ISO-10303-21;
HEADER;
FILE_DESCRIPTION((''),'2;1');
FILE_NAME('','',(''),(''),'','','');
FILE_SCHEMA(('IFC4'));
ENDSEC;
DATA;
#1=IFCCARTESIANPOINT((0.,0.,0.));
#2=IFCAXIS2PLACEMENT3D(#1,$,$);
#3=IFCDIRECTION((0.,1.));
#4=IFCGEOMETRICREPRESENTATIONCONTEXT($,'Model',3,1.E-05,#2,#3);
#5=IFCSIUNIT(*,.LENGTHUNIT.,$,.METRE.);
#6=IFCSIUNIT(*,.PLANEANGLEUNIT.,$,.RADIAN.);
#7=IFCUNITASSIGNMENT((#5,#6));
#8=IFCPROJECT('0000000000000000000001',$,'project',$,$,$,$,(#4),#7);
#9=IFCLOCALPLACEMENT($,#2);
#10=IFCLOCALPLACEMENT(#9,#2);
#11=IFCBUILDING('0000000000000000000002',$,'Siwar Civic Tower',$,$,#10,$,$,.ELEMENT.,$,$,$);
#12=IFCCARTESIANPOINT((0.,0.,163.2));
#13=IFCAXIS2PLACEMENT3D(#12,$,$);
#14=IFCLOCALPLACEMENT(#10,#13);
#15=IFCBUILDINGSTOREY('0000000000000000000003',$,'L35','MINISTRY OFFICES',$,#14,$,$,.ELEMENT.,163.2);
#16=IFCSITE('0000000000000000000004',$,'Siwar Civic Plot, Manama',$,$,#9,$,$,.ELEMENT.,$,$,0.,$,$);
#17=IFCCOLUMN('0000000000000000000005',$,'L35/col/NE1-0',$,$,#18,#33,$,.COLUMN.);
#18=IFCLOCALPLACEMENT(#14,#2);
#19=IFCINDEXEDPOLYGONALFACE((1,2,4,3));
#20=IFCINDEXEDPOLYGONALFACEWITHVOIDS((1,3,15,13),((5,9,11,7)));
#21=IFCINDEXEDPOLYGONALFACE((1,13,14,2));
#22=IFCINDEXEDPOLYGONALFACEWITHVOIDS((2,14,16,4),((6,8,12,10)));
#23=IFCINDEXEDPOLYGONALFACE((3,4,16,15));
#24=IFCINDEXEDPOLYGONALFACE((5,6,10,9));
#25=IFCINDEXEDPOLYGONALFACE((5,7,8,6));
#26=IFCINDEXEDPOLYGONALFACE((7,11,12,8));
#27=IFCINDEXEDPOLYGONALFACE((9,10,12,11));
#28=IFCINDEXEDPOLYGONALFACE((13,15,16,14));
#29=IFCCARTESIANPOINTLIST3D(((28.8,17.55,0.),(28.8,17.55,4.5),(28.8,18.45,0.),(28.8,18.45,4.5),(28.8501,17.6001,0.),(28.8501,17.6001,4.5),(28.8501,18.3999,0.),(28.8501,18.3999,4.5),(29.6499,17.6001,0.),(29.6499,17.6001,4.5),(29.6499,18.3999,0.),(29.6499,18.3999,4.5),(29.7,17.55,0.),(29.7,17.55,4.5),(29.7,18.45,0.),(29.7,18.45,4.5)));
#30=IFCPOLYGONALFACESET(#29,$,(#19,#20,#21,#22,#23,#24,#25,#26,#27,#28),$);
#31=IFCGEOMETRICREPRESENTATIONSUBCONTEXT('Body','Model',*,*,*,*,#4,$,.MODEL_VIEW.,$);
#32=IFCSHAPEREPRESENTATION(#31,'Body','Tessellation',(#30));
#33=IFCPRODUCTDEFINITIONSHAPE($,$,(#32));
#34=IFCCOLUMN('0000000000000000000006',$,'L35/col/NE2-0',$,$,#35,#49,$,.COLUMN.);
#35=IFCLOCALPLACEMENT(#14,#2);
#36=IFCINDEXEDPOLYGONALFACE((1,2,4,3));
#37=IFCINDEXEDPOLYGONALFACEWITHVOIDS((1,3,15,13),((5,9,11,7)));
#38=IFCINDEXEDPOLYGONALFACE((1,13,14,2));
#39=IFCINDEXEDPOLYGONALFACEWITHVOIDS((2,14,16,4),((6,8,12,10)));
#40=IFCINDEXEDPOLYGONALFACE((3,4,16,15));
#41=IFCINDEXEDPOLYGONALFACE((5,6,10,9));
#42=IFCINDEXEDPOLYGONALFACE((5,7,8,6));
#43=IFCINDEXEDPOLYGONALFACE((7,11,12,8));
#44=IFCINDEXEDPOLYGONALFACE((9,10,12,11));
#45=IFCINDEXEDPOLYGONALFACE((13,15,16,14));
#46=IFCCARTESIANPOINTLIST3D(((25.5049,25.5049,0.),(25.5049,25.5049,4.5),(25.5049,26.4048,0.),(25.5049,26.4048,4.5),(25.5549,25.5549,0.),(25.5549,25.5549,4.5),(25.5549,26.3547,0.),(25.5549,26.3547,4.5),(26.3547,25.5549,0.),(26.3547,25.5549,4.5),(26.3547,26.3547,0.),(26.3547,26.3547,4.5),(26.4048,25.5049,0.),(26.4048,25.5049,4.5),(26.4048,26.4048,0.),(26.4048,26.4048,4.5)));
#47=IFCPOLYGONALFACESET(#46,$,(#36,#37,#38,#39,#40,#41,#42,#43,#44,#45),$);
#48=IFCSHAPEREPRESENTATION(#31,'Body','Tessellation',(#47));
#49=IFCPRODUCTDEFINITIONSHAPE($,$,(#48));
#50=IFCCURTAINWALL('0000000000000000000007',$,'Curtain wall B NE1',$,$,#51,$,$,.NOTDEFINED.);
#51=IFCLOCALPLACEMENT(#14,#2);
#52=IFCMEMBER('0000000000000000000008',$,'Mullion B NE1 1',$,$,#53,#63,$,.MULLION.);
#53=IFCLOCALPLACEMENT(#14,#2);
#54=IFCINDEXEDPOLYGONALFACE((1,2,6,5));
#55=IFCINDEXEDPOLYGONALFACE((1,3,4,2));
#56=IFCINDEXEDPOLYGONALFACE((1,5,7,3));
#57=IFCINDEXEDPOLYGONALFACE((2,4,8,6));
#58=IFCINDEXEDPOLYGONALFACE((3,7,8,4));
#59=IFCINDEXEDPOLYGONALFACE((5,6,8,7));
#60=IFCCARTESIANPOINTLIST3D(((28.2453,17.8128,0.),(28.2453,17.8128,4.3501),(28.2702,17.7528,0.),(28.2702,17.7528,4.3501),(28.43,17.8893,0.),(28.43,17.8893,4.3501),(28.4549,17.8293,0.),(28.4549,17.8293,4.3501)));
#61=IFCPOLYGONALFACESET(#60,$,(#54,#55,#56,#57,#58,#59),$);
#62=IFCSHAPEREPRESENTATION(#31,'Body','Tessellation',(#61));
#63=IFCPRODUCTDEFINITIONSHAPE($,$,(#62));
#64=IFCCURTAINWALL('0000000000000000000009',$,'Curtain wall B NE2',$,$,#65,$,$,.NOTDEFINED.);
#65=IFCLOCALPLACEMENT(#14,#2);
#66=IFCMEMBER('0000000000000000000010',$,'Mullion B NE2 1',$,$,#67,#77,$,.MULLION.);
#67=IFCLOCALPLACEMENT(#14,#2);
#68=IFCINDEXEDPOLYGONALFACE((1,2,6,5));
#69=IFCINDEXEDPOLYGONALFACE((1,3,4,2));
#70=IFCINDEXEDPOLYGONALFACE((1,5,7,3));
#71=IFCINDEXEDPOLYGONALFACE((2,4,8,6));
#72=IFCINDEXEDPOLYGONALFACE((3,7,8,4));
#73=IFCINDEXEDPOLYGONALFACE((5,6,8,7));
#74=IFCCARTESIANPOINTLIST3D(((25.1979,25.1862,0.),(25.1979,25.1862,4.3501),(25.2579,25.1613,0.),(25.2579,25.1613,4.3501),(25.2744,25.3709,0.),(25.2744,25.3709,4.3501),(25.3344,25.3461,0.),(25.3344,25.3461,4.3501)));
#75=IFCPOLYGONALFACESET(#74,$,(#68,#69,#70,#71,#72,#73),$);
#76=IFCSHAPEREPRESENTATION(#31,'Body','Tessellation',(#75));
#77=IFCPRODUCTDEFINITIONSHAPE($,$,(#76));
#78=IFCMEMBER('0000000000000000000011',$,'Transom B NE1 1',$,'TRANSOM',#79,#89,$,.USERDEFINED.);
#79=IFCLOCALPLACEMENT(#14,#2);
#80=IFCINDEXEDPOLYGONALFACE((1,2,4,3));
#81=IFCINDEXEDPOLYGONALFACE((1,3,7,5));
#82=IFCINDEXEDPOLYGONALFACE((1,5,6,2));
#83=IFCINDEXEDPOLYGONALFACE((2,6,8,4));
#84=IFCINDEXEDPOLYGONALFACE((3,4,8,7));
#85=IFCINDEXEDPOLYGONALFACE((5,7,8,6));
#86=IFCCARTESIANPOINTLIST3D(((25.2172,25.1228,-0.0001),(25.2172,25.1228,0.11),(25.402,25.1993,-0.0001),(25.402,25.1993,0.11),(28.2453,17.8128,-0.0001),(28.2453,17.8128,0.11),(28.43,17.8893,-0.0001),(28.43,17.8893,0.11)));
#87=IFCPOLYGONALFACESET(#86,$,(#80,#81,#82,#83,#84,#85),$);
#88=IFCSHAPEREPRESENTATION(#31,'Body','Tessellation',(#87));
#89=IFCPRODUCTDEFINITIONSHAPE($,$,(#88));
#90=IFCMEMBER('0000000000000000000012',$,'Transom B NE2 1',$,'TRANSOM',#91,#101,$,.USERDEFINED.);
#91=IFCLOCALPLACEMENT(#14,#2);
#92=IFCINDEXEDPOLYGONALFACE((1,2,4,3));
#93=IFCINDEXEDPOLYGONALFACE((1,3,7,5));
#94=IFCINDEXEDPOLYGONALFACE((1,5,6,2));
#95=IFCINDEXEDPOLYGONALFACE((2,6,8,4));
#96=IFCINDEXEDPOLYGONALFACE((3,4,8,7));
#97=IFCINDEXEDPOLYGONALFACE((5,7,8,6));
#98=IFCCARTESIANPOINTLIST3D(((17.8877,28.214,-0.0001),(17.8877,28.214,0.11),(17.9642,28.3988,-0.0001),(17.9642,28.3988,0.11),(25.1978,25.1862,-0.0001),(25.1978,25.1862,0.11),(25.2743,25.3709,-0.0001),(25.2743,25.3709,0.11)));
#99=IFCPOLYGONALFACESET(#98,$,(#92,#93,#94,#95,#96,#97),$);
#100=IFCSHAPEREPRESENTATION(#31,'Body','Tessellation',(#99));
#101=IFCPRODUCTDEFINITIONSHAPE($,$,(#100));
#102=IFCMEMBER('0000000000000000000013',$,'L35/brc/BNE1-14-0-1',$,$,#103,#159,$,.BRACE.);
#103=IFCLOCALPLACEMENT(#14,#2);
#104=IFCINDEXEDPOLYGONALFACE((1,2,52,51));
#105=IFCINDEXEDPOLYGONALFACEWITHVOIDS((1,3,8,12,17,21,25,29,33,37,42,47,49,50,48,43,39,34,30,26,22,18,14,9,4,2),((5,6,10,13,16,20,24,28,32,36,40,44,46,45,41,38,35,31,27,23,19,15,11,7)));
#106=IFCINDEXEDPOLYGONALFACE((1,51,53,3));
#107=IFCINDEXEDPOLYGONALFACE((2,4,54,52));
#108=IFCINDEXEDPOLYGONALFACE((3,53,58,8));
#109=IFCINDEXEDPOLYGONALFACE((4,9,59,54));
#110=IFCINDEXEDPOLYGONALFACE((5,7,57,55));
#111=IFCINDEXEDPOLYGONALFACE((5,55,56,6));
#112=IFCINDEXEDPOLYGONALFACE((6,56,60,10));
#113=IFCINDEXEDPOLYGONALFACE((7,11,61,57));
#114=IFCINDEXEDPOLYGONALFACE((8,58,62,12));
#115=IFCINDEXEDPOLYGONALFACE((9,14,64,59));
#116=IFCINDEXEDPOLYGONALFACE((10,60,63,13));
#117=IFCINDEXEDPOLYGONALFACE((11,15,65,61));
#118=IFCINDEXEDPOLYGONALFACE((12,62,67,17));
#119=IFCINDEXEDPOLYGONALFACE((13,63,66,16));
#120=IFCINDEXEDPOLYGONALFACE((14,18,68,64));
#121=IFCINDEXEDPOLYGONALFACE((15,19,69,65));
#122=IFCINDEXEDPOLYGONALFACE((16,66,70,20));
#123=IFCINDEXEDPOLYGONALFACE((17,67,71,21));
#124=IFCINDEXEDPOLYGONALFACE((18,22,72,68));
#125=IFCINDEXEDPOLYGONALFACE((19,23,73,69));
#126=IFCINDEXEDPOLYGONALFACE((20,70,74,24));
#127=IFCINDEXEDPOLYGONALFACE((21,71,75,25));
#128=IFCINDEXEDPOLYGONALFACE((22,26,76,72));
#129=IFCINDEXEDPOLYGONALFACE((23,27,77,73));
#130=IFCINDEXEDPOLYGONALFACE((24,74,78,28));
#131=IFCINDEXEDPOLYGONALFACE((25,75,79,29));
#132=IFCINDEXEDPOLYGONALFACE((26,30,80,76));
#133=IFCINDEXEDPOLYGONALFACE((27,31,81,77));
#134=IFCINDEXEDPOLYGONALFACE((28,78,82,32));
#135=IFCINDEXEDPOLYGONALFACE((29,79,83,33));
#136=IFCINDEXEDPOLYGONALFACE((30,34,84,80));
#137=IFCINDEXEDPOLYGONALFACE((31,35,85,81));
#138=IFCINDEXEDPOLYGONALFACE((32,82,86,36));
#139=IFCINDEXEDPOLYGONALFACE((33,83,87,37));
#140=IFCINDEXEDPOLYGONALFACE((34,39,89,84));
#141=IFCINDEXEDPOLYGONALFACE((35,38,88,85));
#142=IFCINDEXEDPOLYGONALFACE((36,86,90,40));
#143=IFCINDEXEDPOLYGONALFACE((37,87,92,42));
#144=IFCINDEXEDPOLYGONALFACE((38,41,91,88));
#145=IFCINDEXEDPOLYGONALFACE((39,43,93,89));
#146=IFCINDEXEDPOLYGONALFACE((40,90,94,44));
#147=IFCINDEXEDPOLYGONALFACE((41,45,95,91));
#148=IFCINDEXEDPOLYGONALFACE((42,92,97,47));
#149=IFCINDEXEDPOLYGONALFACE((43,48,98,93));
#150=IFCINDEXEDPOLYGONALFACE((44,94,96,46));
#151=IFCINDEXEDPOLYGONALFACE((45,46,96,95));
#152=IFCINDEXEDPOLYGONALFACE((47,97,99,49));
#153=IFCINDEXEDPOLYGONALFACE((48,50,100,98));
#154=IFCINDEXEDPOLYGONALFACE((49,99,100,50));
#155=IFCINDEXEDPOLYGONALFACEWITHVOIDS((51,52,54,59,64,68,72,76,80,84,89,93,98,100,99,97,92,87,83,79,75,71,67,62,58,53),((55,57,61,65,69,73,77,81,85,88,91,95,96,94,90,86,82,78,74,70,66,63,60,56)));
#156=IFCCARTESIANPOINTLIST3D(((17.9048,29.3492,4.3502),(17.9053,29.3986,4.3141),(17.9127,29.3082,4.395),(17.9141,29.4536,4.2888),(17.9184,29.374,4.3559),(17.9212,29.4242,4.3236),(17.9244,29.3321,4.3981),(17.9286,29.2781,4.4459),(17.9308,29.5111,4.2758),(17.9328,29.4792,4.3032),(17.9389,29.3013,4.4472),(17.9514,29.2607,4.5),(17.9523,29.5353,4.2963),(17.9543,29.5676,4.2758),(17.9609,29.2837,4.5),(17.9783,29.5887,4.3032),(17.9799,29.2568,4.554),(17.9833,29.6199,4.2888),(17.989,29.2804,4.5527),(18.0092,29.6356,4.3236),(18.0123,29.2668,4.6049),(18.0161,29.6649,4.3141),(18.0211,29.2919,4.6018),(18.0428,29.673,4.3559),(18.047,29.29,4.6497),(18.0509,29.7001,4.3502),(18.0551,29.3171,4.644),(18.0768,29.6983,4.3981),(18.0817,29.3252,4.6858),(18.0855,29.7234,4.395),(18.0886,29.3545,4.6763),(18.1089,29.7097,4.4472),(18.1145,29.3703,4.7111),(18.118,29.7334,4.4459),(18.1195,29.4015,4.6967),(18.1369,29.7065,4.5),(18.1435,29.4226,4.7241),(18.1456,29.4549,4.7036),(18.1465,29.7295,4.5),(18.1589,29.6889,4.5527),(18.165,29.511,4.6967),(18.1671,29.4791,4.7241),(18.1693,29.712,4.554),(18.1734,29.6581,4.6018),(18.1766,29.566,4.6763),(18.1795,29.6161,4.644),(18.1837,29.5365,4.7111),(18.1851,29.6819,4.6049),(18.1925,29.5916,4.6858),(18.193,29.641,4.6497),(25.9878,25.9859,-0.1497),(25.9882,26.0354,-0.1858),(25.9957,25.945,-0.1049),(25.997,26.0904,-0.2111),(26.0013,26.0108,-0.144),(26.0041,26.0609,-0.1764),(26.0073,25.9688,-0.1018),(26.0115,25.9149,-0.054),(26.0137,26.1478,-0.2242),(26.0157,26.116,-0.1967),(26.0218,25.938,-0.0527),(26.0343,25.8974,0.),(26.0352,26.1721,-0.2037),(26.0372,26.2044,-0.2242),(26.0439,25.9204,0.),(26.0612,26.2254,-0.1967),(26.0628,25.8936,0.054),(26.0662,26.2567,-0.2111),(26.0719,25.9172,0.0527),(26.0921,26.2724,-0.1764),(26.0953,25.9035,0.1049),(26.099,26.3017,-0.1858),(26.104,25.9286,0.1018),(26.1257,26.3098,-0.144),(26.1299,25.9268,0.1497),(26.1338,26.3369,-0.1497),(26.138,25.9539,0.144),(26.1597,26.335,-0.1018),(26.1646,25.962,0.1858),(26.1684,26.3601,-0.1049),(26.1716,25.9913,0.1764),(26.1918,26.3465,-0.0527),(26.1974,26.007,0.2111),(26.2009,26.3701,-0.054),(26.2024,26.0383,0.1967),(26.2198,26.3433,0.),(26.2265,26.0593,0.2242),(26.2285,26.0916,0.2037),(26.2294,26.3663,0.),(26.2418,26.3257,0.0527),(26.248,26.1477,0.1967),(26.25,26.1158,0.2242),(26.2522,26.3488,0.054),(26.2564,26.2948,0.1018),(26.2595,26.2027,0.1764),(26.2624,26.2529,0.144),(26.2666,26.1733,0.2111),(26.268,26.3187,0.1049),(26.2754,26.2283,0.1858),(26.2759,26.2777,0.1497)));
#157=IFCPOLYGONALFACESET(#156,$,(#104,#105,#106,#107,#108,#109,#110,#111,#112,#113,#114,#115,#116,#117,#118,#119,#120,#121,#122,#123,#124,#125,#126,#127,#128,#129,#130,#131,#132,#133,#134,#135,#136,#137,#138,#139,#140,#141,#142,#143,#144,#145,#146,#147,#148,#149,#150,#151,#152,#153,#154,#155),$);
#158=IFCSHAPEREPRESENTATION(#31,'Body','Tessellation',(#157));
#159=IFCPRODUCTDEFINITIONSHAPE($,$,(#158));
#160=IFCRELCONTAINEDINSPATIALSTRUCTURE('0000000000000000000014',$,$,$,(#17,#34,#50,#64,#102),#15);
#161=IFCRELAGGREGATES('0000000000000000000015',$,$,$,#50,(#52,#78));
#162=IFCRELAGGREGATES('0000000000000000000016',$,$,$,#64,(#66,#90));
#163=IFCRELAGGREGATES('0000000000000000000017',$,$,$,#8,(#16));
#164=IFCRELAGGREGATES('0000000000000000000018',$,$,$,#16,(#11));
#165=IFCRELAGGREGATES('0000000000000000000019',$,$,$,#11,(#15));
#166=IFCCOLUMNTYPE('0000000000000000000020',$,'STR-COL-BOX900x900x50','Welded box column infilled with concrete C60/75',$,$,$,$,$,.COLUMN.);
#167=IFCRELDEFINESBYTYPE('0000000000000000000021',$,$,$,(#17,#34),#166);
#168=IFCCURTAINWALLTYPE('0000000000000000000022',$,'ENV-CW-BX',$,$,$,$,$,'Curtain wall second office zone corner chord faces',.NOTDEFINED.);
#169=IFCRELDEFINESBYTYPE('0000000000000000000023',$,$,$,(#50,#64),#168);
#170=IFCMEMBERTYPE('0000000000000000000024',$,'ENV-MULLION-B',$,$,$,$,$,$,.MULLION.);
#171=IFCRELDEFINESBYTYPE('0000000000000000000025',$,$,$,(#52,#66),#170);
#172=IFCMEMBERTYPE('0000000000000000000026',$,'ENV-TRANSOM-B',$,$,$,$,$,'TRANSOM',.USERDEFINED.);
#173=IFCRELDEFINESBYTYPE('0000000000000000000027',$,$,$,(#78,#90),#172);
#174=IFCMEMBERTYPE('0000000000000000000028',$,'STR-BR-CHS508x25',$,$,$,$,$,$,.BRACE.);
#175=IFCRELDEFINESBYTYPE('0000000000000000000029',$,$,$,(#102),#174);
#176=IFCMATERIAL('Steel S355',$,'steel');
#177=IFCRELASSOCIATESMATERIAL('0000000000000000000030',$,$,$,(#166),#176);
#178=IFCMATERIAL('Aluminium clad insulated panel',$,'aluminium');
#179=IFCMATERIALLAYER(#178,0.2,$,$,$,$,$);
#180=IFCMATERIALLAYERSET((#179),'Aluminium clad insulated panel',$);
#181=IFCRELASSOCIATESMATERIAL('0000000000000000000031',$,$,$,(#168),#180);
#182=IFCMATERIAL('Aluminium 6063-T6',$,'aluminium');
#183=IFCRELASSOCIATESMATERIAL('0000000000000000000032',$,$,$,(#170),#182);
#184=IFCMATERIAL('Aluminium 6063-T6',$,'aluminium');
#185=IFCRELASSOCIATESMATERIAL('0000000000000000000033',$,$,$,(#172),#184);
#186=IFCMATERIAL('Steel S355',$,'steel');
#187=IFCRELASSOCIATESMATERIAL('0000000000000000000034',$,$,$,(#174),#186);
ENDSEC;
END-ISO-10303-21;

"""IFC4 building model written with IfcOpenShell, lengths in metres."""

from ifc_helpers import new_model, si_unit, direction, frame, origin, origin_2d, place, context, subcontext, project, spatial, rectangle, hollow_rectangle, hollow_circle, extrude, material, layer, layer_set, material_profile, profile_set, type_object, element, aggregate, save


model = new_model("IFC4")

# Units and contexts
model_context = context("Model", 3, precision=1e-05, world=origin(), true_north=direction((0.0, 1.0)))
body_context = subcontext(model_context, "Body", "Model", "MODEL_VIEW")
ifc_project = project(units=[si_unit("LENGTHUNIT", "METRE"), si_unit("PLANEANGLEUNIT", "RADIAN")], contexts=[model_context])

# Site, building, storey
site_placement = place(None, origin())
site = spatial("IfcSite", under=ifc_project, at=site_placement, Name="Siwar Civic Plot, Manama", CompositionType="ELEMENT", RefElevation=0.0)
building_placement = place(site_placement, origin())
building = spatial("IfcBuilding", under=site, at=building_placement, Name="Siwar Civic Tower", CompositionType="ELEMENT")
storey_placement = place(building_placement, frame((0.0, 0.0, 163.2)))
storey = spatial("IfcBuildingStorey", under=building, at=storey_placement, Name="L35", Description="MINISTRY OFFICES", CompositionType="ELEMENT", Elevation=163.2)

# Columns
ifc_material_1 = material(Name="Steel S355", Category="steel")
ifc_material_profile_1 = material_profile(ifc_material_1, hollow_rectangle(XDim=0.8999, YDim=0.8999, WallThickness=0.05, at=origin_2d()), Name="BOX900x900x50")
ifc_profile_set_1 = profile_set([ifc_material_profile_1], Name="Steel S355")
column_type = type_object("IfcColumnType", Name="STR-COL-BOX900x900x50", Description="Welded box column infilled with concrete C60/75", PredefinedType="COLUMN", material=ifc_profile_set_1)
for number, where, z_axis, x_axis, name in (
    (1, (29.25, 18.0, 0.0), (0.0, 0.0, 1.0), (1.0, 0.0, 0.0), "L35/col/NE1-0"),
    (2, (25.9548, 25.9548, 0.0), (0.0, 0.0, 1.0), (1.0, 0.0, 0.0), "L35/col/NE2-0"),
):
    element("IfcColumn", number, at=place(storey_placement, frame(where, z_axis=z_axis, x_axis=x_axis)), inside=storey, type_object=column_type, Name=name, PredefinedType="COLUMN", context=body_context, shape_type="SweptSolid", body=[
        extrude(hollow_rectangle(XDim=0.8999, YDim=0.8999, WallThickness=0.05, at=origin_2d()), origin(), (0.0, 0.0, 1.0), 4.5),
    ])

# Curtain walls, members
ifc_material_2 = material(Name="Aluminium clad insulated panel", Category="aluminium")
ifc_layer_1 = layer(ifc_material_2, 0.2)
ifc_layer_set_1 = layer_set([ifc_layer_1], Name="Aluminium clad insulated panel")
curtain_wall_type = type_object("IfcCurtainWallType", Name="ENV-CW-BX", ElementType="Curtain wall second office zone corner chord faces", PredefinedType="NOTDEFINED", material=ifc_layer_set_1)
curtain_wall_1_placement = place(storey_placement, origin())
curtain_wall_1 = element("IfcCurtainWall", 3, at=curtain_wall_1_placement, inside=storey, type_object=curtain_wall_type, Name="Curtain wall B NE1", PredefinedType="NOTDEFINED")
ifc_material_3 = material(Name="Aluminium 6063-T6", Category="aluminium")
ifc_material_profile_2 = material_profile(ifc_material_3, rectangle(XDim=0.2, YDim=0.0649, at=origin_2d()), Name="AL 200x65")
ifc_profile_set_2 = profile_set([ifc_material_profile_2], Name="Aluminium 6063-T6")
member_type_1 = type_object("IfcMemberType", Name="ENV-MULLION-B", PredefinedType="MULLION", material=ifc_profile_set_2)
member_1_placement = place(storey_placement, frame((28.3501, 17.821, 0.0), z_axis=(0.0, 0.0, 1.0), x_axis=(-0.92388, -0.382683, 0.0)))
member_1 = element("IfcMember", 4, at=member_1_placement, type_object=member_type_1, Name="Mullion B NE1 1", PredefinedType="MULLION", context=body_context, shape_type="SweptSolid", body=[
    extrude(rectangle(XDim=0.2, YDim=0.0649, at=origin_2d()), origin(), (0.0, 0.0, 1.0), 4.3501),
])
curtain_wall_2_placement = place(storey_placement, origin())
curtain_wall_2 = element("IfcCurtainWall", 5, at=curtain_wall_2_placement, inside=storey, type_object=curtain_wall_type, Name="Curtain wall B NE2", PredefinedType="NOTDEFINED")
member_2_placement = place(storey_placement, frame((25.2661, 25.2661, 0.0), z_axis=(0.0, 0.0, 1.0), x_axis=(-0.382683, -0.92388, 0.0)))
member_2 = element("IfcMember", 6, at=member_2_placement, type_object=member_type_1, Name="Mullion B NE2 1", PredefinedType="MULLION", context=body_context, shape_type="SweptSolid", body=[
    extrude(rectangle(XDim=0.2, YDim=0.0649, at=origin_2d()), origin(), (0.0, 0.0, 1.0), 4.3501),
])

# Members
ifc_material_4 = material(Name="Aluminium 6063-T6", Category="aluminium")
ifc_material_profile_3 = material_profile(ifc_material_4, rectangle(XDim=0.2, YDim=0.1101, at=origin_2d()), Name="AL 200x110")
ifc_profile_set_3 = profile_set([ifc_material_profile_3], Name="Aluminium 6063-T6")
member_type_2 = type_object("IfcMemberType", Name="ENV-TRANSOM-B", ElementType="TRANSOM", PredefinedType="USERDEFINED", material=ifc_profile_set_3)
member_3_placement = place(storey_placement, frame((28.3376, 17.8511, 0.0549), z_axis=(-0.3827, 0.923873, 0.0), x_axis=(-0.923873, -0.3827, 0.0)))
member_3 = element("IfcMember", 7, at=member_3_placement, type_object=member_type_2, Name="Transom B NE1 1", ObjectType="TRANSOM", PredefinedType="USERDEFINED", context=body_context, shape_type="SweptSolid", body=[
    extrude(rectangle(XDim=0.2, YDim=0.1101, at=origin_2d()), origin(), (0.0, 0.0, 1.0), 7.9124),
])
member_4_placement = place(storey_placement, frame((25.2361, 25.2786, 0.0549), z_axis=(-0.923884, 0.382673, 0.0), x_axis=(-0.382673, -0.923884, 0.0)))
member_4 = element("IfcMember", 8, at=member_4_placement, type_object=member_type_2, Name="Transom B NE2 1", ObjectType="TRANSOM", PredefinedType="USERDEFINED", context=body_context, shape_type="SweptSolid", body=[
    extrude(rectangle(XDim=0.2, YDim=0.1101, at=origin_2d()), origin(), (0.0, 0.0, 1.0), 7.9124),
])

# Member
ifc_material_5 = material(Name="Steel S355", Category="steel")
ifc_material_profile_4 = material_profile(ifc_material_5, hollow_circle(Radius=0.2539, WallThickness=0.0249, at=origin_2d()), Name="CHS508x25")
ifc_profile_set_4 = profile_set([ifc_material_profile_4], Name="Steel S355")
member_type_3 = type_object("IfcMemberType", Name="STR-BR-CHS508x25", PredefinedType="BRACE", material=ifc_profile_set_4)
member_5_placement = place(storey_placement, frame((26.1318, 26.1318, 0.0), z_axis=(-0.821143, 0.341671, 0.457149), x_axis=(-0.384164, -0.923265, 0.0)))
element("IfcMember", 9, at=member_5_placement, inside=storey, type_object=member_type_3, Name="L35/brc/BNE1-14-0-1", PredefinedType="BRACE", context=body_context, shape_type="SweptSolid", body=[
    extrude(hollow_circle(Radius=0.2539, WallThickness=0.0249, at=origin_2d()), origin(), (0.0, 0.0, 1.0), 9.8435),
])

aggregate(curtain_wall_1, [member_1, member_3])
aggregate(curtain_wall_2, [member_2, member_4])

save(model, "model.ifc")
